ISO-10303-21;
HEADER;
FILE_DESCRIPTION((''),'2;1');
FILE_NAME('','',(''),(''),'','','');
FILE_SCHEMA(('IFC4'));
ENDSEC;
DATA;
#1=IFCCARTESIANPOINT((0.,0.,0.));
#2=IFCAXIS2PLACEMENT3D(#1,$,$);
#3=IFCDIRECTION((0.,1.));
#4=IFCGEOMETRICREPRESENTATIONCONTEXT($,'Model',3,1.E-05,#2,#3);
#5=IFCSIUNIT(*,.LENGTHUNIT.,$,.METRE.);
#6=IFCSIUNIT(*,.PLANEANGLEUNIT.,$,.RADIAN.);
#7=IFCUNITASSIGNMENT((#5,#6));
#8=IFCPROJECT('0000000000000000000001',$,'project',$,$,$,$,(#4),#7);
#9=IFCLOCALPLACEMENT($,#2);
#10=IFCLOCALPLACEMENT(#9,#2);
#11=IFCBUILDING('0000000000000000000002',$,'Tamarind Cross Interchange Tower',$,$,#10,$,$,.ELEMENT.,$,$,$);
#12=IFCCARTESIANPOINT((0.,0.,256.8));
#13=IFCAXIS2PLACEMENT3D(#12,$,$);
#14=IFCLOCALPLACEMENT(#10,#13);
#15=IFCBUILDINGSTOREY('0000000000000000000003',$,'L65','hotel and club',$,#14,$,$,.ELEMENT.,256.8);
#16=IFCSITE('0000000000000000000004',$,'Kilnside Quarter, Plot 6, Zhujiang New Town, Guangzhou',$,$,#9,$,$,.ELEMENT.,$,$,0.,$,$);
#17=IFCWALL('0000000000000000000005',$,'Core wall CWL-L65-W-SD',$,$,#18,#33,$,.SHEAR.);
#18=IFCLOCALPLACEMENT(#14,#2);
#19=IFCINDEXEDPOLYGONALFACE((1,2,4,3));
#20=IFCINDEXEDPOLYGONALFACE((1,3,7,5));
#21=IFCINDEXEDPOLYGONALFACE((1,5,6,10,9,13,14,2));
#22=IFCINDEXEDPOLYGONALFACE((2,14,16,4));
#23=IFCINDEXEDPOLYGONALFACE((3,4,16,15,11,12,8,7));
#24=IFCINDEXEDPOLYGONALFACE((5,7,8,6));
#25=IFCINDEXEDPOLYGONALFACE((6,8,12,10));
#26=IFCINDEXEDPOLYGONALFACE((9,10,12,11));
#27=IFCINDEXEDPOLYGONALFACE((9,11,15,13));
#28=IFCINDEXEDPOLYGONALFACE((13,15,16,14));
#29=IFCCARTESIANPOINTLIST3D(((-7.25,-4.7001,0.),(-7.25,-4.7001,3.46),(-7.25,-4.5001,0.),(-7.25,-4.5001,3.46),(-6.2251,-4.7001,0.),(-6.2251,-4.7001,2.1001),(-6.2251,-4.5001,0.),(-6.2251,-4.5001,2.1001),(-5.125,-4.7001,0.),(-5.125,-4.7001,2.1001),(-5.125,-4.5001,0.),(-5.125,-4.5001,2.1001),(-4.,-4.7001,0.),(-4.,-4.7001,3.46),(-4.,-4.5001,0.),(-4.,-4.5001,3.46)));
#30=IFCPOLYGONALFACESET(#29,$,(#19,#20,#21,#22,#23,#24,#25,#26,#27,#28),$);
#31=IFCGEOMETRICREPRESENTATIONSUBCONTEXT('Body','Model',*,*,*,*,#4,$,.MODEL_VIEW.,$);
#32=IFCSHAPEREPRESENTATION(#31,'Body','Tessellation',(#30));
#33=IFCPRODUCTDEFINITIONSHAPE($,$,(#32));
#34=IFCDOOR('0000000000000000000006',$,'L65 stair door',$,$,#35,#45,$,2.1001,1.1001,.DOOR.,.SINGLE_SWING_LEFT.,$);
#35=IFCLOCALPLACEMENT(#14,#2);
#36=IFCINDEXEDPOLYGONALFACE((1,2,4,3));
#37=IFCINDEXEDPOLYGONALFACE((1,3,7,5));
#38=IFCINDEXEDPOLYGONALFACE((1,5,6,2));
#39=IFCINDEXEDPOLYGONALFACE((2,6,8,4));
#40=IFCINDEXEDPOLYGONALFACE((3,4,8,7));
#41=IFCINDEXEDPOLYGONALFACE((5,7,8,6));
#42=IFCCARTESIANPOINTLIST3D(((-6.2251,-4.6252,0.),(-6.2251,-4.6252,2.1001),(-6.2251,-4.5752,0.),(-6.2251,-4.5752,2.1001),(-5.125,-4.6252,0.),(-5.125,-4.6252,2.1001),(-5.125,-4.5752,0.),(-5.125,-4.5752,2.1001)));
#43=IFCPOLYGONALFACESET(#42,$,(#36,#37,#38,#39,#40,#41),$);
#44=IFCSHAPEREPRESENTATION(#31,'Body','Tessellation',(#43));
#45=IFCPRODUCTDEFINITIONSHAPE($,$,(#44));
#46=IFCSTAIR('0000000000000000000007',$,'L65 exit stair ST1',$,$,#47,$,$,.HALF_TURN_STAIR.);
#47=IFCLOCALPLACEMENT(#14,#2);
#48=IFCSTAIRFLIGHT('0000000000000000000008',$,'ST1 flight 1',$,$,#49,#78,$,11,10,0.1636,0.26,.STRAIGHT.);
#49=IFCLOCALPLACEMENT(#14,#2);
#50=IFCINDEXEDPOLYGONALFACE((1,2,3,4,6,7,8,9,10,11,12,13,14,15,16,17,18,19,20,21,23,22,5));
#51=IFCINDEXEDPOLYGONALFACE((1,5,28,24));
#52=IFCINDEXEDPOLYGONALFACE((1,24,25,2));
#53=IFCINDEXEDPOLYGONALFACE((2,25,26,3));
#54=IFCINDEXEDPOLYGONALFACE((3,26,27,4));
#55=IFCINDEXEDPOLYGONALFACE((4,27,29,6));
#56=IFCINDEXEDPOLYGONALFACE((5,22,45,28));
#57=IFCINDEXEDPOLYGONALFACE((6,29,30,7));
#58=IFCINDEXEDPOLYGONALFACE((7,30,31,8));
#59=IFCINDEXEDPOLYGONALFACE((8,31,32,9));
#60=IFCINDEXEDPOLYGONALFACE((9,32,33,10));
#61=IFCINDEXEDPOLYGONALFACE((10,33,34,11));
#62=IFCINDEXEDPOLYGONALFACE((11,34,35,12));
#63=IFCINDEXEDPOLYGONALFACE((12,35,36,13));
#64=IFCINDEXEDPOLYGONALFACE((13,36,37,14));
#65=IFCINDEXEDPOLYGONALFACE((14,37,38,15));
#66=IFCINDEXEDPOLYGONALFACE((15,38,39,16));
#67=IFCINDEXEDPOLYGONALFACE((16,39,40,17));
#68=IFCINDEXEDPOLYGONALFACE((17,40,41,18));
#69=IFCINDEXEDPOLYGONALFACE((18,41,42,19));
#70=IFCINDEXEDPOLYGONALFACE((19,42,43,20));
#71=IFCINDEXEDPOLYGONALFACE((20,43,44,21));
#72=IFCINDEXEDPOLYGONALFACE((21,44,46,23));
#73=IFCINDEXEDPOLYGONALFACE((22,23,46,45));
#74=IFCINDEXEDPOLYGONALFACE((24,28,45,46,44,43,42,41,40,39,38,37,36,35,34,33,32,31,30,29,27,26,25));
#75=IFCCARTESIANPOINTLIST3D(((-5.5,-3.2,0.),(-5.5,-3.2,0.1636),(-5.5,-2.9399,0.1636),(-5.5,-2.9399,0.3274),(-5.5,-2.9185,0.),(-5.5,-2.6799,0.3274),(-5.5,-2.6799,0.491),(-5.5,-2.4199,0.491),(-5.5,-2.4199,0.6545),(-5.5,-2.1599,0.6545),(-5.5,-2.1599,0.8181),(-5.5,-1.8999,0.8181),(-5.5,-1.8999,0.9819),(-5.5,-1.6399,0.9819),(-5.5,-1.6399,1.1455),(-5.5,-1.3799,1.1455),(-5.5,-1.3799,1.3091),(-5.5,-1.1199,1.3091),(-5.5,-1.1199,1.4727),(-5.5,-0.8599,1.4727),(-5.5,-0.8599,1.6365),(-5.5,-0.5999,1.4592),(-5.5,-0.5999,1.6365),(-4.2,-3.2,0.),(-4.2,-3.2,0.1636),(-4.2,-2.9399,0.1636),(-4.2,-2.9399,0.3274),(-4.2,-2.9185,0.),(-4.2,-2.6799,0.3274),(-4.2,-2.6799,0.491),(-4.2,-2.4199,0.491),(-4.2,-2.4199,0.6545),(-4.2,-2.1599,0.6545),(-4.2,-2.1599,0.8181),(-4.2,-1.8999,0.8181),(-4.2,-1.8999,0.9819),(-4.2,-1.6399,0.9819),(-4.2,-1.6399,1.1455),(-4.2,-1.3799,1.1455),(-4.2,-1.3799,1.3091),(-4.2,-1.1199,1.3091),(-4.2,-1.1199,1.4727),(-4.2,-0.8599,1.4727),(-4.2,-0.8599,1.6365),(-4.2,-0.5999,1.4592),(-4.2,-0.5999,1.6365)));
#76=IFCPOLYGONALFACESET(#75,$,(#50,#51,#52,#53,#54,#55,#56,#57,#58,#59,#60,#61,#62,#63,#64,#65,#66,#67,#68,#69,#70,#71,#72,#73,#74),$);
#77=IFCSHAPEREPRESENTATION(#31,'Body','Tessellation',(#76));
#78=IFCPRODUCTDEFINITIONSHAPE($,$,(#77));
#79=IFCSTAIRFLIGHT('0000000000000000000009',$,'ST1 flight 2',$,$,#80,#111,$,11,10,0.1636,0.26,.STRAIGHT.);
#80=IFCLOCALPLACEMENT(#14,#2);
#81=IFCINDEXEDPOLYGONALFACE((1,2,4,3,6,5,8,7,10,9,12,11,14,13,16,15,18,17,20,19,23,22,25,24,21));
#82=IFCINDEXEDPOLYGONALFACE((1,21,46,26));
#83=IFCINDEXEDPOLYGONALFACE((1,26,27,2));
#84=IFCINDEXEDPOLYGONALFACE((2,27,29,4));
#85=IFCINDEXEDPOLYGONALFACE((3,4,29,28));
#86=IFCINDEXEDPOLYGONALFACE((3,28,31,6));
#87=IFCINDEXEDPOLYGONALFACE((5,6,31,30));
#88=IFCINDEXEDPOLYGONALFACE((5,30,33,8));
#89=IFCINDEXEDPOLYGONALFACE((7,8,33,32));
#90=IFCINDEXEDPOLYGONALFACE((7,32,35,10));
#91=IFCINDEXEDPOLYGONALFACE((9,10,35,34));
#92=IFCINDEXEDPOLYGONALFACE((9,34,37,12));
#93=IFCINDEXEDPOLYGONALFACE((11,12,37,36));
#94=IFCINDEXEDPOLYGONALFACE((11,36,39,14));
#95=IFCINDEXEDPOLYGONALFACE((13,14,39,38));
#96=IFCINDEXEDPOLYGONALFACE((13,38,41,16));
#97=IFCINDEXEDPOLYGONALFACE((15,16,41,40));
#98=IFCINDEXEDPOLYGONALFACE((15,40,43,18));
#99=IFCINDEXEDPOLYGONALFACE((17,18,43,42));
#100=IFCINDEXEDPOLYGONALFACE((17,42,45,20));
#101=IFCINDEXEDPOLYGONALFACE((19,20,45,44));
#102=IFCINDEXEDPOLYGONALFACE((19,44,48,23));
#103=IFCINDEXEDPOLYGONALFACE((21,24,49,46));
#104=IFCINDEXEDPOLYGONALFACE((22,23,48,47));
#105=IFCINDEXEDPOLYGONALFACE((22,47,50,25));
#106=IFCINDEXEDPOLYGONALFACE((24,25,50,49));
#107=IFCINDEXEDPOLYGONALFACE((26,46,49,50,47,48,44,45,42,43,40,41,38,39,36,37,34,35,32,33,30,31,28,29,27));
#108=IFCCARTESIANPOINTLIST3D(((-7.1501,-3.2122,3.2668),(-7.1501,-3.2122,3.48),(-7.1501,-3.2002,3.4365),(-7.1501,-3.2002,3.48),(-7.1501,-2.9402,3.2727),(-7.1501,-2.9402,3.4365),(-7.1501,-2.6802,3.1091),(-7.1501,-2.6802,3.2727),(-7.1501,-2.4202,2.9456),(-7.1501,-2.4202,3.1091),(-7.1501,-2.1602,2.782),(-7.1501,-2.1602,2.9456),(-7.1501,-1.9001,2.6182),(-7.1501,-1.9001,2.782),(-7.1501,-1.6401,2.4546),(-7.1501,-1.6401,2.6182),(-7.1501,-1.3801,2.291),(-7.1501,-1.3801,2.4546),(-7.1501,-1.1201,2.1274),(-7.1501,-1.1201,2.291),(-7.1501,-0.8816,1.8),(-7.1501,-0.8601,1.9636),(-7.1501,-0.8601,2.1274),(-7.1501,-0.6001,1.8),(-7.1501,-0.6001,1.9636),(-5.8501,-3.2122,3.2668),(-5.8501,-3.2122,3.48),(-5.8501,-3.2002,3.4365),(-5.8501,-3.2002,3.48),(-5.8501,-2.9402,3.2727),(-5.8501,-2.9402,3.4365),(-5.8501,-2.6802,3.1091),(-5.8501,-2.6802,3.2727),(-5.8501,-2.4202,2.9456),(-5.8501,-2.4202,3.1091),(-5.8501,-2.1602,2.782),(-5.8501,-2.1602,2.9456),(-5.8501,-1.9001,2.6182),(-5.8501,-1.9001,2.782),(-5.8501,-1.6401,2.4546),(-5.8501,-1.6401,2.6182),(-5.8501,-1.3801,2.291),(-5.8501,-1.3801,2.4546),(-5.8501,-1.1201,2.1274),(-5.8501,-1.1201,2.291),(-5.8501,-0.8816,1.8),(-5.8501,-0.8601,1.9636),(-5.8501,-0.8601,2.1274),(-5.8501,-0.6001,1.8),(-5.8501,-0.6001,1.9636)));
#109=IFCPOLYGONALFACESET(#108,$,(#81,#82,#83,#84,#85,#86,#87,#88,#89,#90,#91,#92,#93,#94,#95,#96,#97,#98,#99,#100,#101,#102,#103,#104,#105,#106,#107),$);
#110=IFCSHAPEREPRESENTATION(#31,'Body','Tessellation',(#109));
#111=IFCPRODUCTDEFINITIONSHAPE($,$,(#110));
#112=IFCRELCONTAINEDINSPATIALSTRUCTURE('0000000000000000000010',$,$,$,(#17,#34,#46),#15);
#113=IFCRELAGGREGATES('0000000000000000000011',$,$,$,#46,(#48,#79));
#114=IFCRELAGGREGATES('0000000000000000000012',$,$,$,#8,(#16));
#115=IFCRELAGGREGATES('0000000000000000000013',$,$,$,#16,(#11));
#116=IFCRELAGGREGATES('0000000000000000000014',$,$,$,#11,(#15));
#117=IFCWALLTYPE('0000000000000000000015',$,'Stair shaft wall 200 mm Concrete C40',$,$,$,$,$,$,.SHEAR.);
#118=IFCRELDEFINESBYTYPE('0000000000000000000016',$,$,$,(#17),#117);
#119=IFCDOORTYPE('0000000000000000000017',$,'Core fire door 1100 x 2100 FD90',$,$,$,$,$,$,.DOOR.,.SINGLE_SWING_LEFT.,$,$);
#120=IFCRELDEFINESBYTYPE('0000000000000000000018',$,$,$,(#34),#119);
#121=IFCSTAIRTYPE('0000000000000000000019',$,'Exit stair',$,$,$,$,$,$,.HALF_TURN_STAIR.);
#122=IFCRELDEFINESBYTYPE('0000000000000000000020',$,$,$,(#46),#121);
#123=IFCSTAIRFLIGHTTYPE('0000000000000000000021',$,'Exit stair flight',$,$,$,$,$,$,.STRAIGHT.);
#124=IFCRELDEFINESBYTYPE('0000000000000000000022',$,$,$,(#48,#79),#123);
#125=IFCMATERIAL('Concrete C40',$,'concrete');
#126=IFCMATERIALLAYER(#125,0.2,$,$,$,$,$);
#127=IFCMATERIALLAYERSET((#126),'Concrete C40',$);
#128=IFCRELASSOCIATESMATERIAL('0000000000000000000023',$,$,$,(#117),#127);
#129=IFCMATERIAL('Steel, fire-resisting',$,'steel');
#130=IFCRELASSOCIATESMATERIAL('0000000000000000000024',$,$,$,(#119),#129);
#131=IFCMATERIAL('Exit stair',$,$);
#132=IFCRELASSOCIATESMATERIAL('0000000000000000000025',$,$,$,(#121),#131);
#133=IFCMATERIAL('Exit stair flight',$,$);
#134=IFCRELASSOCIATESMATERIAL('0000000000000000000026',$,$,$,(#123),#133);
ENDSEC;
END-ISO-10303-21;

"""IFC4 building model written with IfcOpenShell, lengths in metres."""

from ifc_helpers import new_model, si_unit, direction, frame, frame_2d, origin, place, context, subcontext, project, spatial, polyline, rectangle, outline, extrude, material, layer, layer_set, type_object, element, fill, aggregate, save


model = new_model("IFC4")

# Units and contexts
model_context = context("Model", 3, precision=1e-05, world=origin(), true_north=direction((0.0, 1.0)))
body_context = subcontext(model_context, "Body", "Model", "MODEL_VIEW")
ifc_project = project(units=[si_unit("LENGTHUNIT", "METRE"), si_unit("PLANEANGLEUNIT", "RADIAN")], contexts=[model_context])

# Site, building, storey
site_placement = place(None, origin())
site = spatial("IfcSite", under=ifc_project, at=site_placement, Name="Kilnside Quarter, Plot 6, Zhujiang New Town, Guangzhou", CompositionType="ELEMENT", RefElevation=0.0)
building_placement = place(site_placement, origin())
building = spatial("IfcBuilding", under=site, at=building_placement, Name="Tamarind Cross Interchange Tower", CompositionType="ELEMENT")
storey_placement = place(building_placement, frame((0.0, 0.0, 256.8)))
storey = spatial("IfcBuildingStorey", under=building, at=storey_placement, Name="L65", Description="hotel and club", CompositionType="ELEMENT", Elevation=256.8)

# Shared definitions
ifc_material_1 = material(Name="Steel, fire-resisting", Category="steel")

# Shared definitions
ifc_material_2 = material(Name="Concrete C40", Category="concrete")

# Wall, opening, door
ifc_layer_1 = layer(ifc_material_2, 0.2)
ifc_layer_set_1 = layer_set([ifc_layer_1], Name="Concrete C40")
wall_type_1 = type_object("IfcWallType", Name="Stair shaft wall 200 mm Concrete C40", PredefinedType="SHEAR", material=ifc_layer_set_1)
wall_1_placement = place(storey_placement, frame((-7.25, -4.6001, 0.0), z_axis=(0.0, 0.0, 1.0), x_axis=(1.0, 0.0, 0.0)))
wall_1 = element("IfcWall", 1, at=wall_1_placement, inside=storey, type_object=wall_type_1, Name="Core wall CWL-L65-W-SD", PredefinedType="SHEAR", context=body_context, shape_type="SweptSolid", body=[
    extrude(rectangle(XDim=3.25, YDim=0.2, at=frame_2d((1.625, 0.0))), origin(), (0.0, 0.0, 1.0), 3.46),
])
opening_1_placement = place(wall_1_placement, frame((1.0249, 0.0, 0.0)))
opening_1 = element("IfcOpeningElement", 2, at=opening_1_placement, cuts=wall_1, PredefinedType="OPENING", context=body_context, shape_type="SweptSolid", body=[
    extrude(rectangle(XDim=1.1001, YDim=2.1001, at=frame_2d((0.55, 1.05))), frame((0.0, 0.1099, 0.0), z_axis=(0.0, -1.0, 0.0), x_axis=(1.0, 0.0, 0.0)), (0.0, 0.0, 1.0), 0.22),
])
door_type_1 = type_object("IfcDoorType", Name="Core fire door 1100 x 2100 FD90", OperationType="SINGLE_SWING_LEFT", PredefinedType="DOOR", material=ifc_material_1)
door_1_placement = place(opening_1_placement, origin())
door_1 = element("IfcDoor", 3, at=door_1_placement, inside=storey, type_object=door_type_1, Name="L65 stair door", OperationType="SINGLE_SWING_LEFT", OverallHeight=2.1001, OverallWidth=1.1001, PredefinedType="DOOR", context=body_context, shape_type="SweptSolid", body=[
    extrude(rectangle(XDim=1.1001, YDim=2.1001, at=frame_2d((0.55, 1.05))), frame((0.0, 0.0249, 0.0), z_axis=(0.0, -1.0, 0.0), x_axis=(1.0, 0.0, 0.0)), (0.0, 0.0, 1.0), 0.05),
])
fill(opening_1, door_1)

# Stair, stair flights
ifc_material_3 = material(Name="Exit stair")
stair_type = type_object("IfcStairType", Name="Exit stair", PredefinedType="HALF_TURN_STAIR", material=ifc_material_3)
stair_placement = place(storey_placement, origin())
stair = element("IfcStair", 4, at=stair_placement, inside=storey, type_object=stair_type, Name="L65 exit stair ST1", PredefinedType="HALF_TURN_STAIR")
ifc_material_4 = material(Name="Exit stair flight")
stair_flight_type = type_object("IfcStairFlightType", Name="Exit stair flight", PredefinedType="STRAIGHT", material=ifc_material_4)
stair_flight_1_placement = place(storey_placement, frame((-4.8501, -3.2, 0.0), z_axis=(0.0, 0.0, 1.0), x_axis=(0.0, 1.0, 0.0)))
stair_flight_1 = element("IfcStairFlight", 5, at=stair_flight_1_placement, type_object=stair_flight_type, Name="ST1 flight 1", NumberOfRisers=11, NumberOfTreads=10, PredefinedType="STRAIGHT", RiserHeight=0.1636, TreadLength=0.26, context=body_context, shape_type="SweptSolid", body=[
    extrude(outline(polyline([(0.0, 0.0), (0.0, 0.1636), (0.26, 0.1636), (0.26, 0.3274), (0.52, 0.3274), (0.52, 0.491), (0.78, 0.491), (0.78, 0.6545), (1.04, 0.6545), (1.04, 0.8181), (1.3, 0.8181), (1.3, 0.9819), (1.5601, 0.9819), (1.5601, 1.1455), (1.8201, 1.1455), (1.8201, 1.3091), (2.0801, 1.3091), (2.0801, 1.4727), (2.3401, 1.4727), (2.3401, 1.6365), (2.6001, 1.6365), (2.6001, 1.8), (2.6001, 1.4592), (0.2815, 0.0), (0.0, 0.0)])), frame((0.0, 0.6499, 0.0), z_axis=(0.0, -1.0, 0.0), x_axis=(1.0, 0.0, 0.0)), (0.0, 0.0, 1.0), 1.3),
])
stair_flight_2_placement = place(storey_placement, frame((-6.5, -0.6001, 1.8), z_axis=(0.0, 0.0, 1.0), x_axis=(0.0, -1.0, 0.0)))
stair_flight_2 = element("IfcStairFlight", 6, at=stair_flight_2_placement, type_object=stair_flight_type, Name="ST1 flight 2", NumberOfRisers=11, NumberOfTreads=10, PredefinedType="STRAIGHT", RiserHeight=0.1636, TreadLength=0.26, context=body_context, shape_type="SweptSolid", body=[
    extrude(outline(polyline([(0.0, 0.0), (0.0, 0.1636), (0.26, 0.1636), (0.26, 0.3274), (0.52, 0.3274), (0.52, 0.491), (0.78, 0.491), (0.78, 0.6545), (1.04, 0.6545), (1.04, 0.8181), (1.3, 0.8181), (1.3, 0.9819), (1.5601, 0.9819), (1.5601, 1.1455), (1.8201, 1.1455), (1.8201, 1.3091), (2.0801, 1.3091), (2.0801, 1.4727), (2.3401, 1.4727), (2.3401, 1.6365), (2.6001, 1.6365), (2.6001, 1.6799), (2.6121, 1.6799), (2.6121, 1.4668), (0.2815, 0.0), (0.0, 0.0)])), frame((0.0, 0.6499, 0.0), z_axis=(0.0, -1.0, 0.0), x_axis=(1.0, 0.0, 0.0)), (0.0, 0.0, 1.0), 1.3),
])
aggregate(stair, [stair_flight_1, stair_flight_2])

save(model, "model.ifc")
